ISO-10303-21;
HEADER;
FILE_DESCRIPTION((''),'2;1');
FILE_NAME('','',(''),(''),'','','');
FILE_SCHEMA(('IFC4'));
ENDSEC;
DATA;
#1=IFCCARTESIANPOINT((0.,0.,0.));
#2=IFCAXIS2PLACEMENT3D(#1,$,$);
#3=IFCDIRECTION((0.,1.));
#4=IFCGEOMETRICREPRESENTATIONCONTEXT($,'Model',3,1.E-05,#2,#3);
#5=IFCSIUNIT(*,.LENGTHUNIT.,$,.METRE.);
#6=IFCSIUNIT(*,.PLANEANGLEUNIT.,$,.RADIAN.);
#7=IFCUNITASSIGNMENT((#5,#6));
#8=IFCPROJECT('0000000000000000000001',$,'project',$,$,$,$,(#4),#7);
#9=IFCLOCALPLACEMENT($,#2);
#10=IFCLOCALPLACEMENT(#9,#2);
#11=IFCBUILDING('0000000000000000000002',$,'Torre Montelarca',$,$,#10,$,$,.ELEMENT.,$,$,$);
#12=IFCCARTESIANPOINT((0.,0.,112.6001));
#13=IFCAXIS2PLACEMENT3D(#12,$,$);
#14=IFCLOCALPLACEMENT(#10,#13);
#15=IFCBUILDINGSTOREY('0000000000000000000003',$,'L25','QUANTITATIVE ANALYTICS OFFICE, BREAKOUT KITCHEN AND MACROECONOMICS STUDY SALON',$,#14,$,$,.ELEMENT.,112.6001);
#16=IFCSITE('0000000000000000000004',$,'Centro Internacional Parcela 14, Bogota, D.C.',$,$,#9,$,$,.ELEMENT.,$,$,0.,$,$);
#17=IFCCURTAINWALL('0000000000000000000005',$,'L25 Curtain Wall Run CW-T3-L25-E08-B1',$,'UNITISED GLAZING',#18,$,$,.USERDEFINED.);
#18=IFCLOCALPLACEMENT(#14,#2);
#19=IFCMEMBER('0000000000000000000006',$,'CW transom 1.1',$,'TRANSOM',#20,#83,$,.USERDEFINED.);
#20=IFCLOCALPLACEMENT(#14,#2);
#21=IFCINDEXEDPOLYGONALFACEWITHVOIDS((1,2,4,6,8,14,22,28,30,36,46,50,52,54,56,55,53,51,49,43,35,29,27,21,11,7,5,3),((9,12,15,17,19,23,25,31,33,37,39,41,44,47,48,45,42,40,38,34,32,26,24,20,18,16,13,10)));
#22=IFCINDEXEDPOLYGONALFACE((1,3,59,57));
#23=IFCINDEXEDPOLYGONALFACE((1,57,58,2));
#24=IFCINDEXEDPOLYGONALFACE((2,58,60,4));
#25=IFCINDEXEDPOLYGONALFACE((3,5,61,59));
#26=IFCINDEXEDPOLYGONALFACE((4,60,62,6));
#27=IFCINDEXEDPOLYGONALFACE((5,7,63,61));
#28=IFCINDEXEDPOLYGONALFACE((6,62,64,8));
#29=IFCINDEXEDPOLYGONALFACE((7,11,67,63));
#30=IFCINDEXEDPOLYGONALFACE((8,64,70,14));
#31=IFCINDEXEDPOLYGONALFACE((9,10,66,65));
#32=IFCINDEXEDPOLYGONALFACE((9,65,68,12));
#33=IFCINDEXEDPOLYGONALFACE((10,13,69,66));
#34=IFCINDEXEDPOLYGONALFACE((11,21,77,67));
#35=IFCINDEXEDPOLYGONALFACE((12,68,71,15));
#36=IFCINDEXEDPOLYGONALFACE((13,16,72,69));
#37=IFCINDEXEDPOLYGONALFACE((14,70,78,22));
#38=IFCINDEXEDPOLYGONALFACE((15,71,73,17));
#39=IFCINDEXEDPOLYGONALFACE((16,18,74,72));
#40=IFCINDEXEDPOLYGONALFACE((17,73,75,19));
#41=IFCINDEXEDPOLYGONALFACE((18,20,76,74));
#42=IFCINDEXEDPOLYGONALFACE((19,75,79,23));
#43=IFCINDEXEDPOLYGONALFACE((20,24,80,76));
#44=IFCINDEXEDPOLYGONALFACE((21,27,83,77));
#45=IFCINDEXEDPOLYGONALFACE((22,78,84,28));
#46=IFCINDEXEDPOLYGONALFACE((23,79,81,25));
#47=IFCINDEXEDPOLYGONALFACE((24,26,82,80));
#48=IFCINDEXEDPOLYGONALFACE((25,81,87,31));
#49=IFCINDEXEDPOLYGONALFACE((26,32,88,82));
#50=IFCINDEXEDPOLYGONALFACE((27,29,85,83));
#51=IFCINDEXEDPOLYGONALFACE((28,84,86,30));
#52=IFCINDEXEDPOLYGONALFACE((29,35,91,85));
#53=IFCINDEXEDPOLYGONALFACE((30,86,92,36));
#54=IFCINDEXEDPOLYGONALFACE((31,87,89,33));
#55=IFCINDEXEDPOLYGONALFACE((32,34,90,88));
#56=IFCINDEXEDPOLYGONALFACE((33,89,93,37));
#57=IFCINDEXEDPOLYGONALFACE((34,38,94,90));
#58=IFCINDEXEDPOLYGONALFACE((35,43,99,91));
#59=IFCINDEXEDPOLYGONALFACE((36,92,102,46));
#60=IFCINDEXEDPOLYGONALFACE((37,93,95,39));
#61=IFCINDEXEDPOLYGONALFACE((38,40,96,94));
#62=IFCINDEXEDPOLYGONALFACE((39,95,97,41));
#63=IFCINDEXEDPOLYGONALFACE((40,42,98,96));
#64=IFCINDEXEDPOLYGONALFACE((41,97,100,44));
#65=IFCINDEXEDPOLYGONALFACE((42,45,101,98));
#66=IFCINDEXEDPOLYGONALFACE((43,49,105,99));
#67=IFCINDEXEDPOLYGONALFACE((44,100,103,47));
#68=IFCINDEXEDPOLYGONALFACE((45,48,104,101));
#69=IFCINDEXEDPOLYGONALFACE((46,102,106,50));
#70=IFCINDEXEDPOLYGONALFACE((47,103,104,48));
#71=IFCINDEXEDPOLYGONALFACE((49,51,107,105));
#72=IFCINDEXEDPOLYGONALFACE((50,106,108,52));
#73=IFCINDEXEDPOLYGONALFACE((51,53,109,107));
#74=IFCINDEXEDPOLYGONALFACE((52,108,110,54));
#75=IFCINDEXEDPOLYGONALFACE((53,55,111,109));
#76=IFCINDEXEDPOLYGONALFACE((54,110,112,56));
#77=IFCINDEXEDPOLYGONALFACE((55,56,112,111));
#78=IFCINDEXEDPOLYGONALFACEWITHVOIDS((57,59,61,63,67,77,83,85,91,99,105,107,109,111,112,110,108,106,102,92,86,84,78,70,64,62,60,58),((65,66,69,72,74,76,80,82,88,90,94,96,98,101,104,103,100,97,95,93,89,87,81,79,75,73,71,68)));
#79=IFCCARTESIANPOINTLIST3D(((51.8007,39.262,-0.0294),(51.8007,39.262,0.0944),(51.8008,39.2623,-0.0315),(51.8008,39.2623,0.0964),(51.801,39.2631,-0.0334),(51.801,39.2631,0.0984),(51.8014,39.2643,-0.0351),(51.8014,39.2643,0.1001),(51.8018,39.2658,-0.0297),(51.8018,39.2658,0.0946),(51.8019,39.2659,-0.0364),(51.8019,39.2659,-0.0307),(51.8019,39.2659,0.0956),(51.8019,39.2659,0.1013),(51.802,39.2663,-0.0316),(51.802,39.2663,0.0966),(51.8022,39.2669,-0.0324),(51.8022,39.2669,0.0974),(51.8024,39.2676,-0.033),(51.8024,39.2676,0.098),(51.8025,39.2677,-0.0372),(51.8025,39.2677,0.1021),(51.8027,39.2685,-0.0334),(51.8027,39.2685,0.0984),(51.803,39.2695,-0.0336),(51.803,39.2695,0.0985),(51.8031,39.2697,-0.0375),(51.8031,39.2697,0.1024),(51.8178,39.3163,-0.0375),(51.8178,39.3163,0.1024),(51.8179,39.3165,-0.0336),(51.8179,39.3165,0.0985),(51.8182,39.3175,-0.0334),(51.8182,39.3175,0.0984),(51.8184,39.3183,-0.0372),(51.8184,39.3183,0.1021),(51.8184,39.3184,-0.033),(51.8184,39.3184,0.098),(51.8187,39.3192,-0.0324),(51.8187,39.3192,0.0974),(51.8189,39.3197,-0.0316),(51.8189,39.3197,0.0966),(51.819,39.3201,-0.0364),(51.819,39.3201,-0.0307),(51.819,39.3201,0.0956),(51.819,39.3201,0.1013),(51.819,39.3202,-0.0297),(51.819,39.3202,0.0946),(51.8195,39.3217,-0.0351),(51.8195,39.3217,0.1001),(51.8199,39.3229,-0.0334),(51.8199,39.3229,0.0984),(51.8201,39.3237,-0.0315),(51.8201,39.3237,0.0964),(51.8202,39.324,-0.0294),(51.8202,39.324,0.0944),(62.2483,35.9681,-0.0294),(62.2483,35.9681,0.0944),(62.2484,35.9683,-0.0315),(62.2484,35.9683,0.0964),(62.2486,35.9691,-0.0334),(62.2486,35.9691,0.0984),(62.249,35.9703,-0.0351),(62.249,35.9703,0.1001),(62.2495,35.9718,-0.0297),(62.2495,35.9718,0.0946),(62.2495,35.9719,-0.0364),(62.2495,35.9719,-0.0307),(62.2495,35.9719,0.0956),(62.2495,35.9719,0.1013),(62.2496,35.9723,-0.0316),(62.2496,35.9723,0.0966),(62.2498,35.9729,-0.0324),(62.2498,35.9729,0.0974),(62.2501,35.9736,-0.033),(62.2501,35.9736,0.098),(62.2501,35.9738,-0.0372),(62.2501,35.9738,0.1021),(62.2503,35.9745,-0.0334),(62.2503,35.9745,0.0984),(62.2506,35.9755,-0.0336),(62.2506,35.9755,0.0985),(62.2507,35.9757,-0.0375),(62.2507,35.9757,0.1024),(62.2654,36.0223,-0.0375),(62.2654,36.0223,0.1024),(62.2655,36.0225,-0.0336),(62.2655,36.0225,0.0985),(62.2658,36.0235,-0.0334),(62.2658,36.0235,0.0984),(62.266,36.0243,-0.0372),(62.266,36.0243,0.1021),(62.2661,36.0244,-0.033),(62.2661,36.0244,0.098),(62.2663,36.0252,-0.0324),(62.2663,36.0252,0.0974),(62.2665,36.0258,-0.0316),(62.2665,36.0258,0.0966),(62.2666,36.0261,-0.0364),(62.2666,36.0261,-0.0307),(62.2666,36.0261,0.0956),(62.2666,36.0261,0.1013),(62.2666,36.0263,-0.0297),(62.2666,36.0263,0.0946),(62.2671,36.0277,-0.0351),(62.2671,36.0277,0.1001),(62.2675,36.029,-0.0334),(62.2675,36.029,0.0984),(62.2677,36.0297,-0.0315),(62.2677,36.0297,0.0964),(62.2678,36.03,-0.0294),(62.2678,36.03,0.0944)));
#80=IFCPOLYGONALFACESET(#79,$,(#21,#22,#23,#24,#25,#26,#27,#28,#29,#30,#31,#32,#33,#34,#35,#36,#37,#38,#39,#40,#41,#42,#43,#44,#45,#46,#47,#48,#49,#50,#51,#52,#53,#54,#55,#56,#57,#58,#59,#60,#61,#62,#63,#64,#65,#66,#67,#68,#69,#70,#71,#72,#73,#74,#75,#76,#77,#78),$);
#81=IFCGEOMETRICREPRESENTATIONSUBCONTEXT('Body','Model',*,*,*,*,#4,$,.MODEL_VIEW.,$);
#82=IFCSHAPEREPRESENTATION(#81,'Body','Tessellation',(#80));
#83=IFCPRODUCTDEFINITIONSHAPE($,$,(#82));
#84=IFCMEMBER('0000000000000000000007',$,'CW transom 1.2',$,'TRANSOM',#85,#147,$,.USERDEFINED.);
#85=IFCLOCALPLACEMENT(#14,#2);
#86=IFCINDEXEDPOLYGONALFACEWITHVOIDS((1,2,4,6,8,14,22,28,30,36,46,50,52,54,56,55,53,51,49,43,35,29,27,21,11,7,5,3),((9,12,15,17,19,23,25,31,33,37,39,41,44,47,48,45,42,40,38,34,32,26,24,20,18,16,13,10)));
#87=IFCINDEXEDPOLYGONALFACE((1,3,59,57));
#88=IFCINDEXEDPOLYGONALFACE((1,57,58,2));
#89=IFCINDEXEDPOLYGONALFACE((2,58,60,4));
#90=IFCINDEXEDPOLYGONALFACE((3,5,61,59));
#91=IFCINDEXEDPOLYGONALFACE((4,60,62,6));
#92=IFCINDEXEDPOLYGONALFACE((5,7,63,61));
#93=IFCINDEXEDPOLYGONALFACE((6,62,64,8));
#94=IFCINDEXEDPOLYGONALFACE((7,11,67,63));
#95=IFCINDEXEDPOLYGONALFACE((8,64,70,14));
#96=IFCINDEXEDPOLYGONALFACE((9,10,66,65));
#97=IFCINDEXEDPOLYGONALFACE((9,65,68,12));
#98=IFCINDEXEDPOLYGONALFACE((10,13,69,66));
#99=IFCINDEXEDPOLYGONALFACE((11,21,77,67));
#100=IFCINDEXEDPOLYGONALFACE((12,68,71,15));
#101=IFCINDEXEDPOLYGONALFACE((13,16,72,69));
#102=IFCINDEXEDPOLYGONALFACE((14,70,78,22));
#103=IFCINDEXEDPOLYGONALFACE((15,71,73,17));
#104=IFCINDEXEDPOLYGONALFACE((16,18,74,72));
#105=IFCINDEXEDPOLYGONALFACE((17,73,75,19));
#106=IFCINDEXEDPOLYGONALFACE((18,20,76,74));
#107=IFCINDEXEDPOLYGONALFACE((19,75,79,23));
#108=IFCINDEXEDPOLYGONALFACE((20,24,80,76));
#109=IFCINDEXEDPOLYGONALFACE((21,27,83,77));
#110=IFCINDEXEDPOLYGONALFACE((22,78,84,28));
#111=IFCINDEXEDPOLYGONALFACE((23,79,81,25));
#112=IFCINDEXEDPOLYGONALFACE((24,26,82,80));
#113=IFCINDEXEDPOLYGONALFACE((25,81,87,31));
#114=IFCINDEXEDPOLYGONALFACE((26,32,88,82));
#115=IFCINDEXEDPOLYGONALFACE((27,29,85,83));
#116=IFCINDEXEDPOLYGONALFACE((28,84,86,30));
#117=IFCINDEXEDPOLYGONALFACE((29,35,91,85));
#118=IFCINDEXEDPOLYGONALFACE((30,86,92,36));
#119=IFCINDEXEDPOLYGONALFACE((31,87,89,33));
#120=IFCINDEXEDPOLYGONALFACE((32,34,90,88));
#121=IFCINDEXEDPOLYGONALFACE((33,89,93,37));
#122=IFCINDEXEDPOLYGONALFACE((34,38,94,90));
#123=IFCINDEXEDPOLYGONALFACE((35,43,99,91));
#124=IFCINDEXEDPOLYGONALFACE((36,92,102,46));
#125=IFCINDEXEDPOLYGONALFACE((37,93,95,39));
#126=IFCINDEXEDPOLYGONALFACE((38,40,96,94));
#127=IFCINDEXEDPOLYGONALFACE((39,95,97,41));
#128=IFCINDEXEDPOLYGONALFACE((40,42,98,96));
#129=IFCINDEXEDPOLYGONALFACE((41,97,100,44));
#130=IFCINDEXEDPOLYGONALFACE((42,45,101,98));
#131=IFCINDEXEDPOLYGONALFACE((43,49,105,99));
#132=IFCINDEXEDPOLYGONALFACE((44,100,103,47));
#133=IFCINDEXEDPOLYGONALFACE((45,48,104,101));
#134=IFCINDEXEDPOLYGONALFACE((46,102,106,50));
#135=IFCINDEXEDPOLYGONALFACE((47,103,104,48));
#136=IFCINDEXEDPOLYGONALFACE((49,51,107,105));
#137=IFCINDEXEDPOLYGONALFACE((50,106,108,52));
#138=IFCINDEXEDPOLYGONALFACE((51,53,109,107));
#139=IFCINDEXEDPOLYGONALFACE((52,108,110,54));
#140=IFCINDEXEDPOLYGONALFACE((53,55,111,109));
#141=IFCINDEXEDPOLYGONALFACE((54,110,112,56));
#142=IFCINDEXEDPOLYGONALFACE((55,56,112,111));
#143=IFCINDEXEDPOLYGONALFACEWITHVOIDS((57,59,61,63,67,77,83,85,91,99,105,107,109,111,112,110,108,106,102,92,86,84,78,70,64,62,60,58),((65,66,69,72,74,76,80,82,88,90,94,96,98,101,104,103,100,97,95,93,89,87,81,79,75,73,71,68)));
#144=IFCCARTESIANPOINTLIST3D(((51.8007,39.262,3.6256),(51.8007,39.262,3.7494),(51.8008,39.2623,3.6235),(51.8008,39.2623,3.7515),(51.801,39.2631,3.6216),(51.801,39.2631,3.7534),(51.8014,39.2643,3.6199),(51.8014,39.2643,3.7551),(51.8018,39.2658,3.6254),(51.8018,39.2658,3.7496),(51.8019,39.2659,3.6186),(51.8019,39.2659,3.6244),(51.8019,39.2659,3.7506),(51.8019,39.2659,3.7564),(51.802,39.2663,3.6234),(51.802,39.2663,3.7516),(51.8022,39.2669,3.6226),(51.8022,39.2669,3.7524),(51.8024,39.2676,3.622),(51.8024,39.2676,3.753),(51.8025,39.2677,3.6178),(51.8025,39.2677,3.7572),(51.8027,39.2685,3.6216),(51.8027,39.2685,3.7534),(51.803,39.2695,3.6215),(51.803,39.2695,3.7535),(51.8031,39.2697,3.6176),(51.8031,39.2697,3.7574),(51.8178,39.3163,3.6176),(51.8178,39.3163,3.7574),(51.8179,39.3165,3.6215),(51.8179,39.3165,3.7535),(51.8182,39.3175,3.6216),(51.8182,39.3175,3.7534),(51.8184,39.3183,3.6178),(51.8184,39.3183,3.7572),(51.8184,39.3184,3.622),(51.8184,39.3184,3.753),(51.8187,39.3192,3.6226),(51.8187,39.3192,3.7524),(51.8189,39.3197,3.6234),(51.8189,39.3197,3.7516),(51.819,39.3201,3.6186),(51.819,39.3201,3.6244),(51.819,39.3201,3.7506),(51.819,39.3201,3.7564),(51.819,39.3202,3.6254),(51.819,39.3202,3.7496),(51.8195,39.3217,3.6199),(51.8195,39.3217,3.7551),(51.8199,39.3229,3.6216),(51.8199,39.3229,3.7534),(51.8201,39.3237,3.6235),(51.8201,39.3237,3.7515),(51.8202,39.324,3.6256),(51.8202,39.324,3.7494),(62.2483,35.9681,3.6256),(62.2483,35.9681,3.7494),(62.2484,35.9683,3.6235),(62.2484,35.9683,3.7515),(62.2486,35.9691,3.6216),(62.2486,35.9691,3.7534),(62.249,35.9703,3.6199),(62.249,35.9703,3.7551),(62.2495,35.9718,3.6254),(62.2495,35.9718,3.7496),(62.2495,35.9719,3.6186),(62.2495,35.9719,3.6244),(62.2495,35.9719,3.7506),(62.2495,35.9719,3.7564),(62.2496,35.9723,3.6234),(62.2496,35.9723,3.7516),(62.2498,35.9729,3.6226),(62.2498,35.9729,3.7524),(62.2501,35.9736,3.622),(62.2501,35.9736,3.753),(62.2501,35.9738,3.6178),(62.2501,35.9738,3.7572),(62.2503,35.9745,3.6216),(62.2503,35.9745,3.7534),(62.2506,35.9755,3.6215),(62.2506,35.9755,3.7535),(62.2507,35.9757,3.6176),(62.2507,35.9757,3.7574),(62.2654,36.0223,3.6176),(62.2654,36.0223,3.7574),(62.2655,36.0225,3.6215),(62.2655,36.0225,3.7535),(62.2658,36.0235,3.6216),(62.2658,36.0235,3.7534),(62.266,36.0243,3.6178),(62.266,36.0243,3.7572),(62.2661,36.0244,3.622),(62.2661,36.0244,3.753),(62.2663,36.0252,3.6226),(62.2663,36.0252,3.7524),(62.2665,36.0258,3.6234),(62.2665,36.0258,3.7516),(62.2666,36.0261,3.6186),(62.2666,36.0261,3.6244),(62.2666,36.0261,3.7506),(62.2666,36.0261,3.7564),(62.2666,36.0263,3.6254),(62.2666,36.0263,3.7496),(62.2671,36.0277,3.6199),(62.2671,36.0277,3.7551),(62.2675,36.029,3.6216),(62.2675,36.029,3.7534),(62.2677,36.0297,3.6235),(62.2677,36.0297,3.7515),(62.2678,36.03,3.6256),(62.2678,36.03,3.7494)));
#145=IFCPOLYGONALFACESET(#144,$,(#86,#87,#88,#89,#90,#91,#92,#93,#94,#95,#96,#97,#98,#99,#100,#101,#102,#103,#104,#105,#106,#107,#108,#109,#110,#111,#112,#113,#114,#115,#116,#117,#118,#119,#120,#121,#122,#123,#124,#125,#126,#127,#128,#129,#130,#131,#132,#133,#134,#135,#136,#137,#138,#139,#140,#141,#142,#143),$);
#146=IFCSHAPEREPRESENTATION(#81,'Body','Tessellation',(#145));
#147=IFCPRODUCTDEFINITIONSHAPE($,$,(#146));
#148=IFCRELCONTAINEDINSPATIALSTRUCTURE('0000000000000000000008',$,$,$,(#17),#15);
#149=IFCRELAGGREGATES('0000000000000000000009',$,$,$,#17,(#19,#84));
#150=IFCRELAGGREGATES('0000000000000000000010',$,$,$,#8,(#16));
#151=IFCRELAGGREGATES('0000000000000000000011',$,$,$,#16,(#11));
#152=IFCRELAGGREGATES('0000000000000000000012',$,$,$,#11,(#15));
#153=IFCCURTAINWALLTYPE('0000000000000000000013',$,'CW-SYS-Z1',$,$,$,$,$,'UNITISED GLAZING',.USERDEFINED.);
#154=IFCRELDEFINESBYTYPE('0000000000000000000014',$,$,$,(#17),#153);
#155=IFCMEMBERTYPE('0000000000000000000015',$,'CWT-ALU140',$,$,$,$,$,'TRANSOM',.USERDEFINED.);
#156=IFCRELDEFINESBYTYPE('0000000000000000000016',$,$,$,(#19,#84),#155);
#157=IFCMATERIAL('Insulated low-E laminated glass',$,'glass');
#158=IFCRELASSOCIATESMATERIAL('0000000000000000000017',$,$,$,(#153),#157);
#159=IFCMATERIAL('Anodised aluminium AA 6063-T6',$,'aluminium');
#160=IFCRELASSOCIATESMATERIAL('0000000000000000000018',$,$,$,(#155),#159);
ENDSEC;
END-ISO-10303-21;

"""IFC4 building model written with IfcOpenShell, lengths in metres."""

from ifc_helpers import new_model, si_unit, direction, frame, origin, origin_2d, place, context, subcontext, project, spatial, hollow_rectangle, extrude, source, transform, mapped, material, material_profile, profile_set, type_object, element, aggregate, save


model = new_model("IFC4")

# Units and contexts
model_context = context("Model", 3, precision=1e-05, world=origin(), true_north=direction((0.0, 1.0)))
body_context = subcontext(model_context, "Body", "Model", "MODEL_VIEW")
ifc_project = project(units=[si_unit("LENGTHUNIT", "METRE"), si_unit("PLANEANGLEUNIT", "RADIAN")], contexts=[model_context])

# Site, building, storey
site_placement = place(None, origin())
site = spatial("IfcSite", under=ifc_project, at=site_placement, Name="Centro Internacional Parcela 14, Bogota, D.C.", CompositionType="ELEMENT", RefElevation=0.0)
building_placement = place(site_placement, origin())
building = spatial("IfcBuilding", under=site, at=building_placement, Name="Torre Montelarca", CompositionType="ELEMENT")
storey_placement = place(building_placement, frame((0.0, 0.0, 112.6001)))
storey = spatial("IfcBuildingStorey", under=building, at=storey_placement, Name="L25", Description="QUANTITATIVE ANALYTICS OFFICE, BREAKOUT KITCHEN AND MACROECONOMICS STUDY SALON", CompositionType="ELEMENT", Elevation=112.6001)

# Curtain wall, members
ifc_material_1 = material(Name="Insulated low-E laminated glass", Category="glass")
curtain_wall_type = type_object("IfcCurtainWallType", Name="CW-SYS-Z1", ElementType="UNITISED GLAZING", PredefinedType="USERDEFINED", material=ifc_material_1)
ifc_material_2 = material(Name="Anodised aluminium AA 6063-T6", Category="aluminium")
ifc_material_profile_1 = material_profile(ifc_material_2, hollow_rectangle(XDim=0.0649, YDim=0.1399, WallThickness=0.0039, InnerFilletRadius=0.0039, OuterFilletRadius=0.0081, at=origin_2d()), Name="ALU65X140X4", Category="aluminium")
ifc_profile_set_1 = profile_set([ifc_material_profile_1], Name="Anodised aluminium AA 6063-T6")
member_type_1 = type_object("IfcMemberType", Name="CWT-ALU140", ElementType="TRANSOM", PredefinedType="USERDEFINED", material=ifc_profile_set_1)
curtain_wall_1_placement = place(storey_placement, origin())
curtain_wall_1 = element("IfcCurtainWall", 1, at=curtain_wall_1_placement, inside=storey, type_object=curtain_wall_type, Name="L25 Curtain Wall Run CW-T3-L25-E08-B1", ObjectType="UNITISED GLAZING", PredefinedType="USERDEFINED")
shared_shape_1 = source(origin(), body_context, "Body", "SweptSolid", [
    extrude(hollow_rectangle(XDim=0.0649, YDim=0.1399, WallThickness=0.0039, InnerFilletRadius=0.0039, OuterFilletRadius=0.0081, at=origin_2d()), origin(), (0.0, 0.0, 1.0), 10.9546),
])
member_1_placement = place(storey_placement, frame((62.2581, 35.999, 0.0325), z_axis=(-0.953721, 0.300694, 0.0), x_axis=(-0.300694, -0.953721, 0.0)))
member_1 = element("IfcMember", 2, at=member_1_placement, type_object=member_type_1, Name="CW transom 1.1", ObjectType="TRANSOM", PredefinedType="USERDEFINED", context=body_context, shape_type="MappedRepresentation", body=[
    mapped(shared_shape_1, transform((0.0, 0.0, 0.0), scale=1.0)),
])
member_2_placement = place(storey_placement, frame((62.2581, 35.999, 3.6875), z_axis=(-0.953721, 0.300694, 0.0), x_axis=(-0.300694, -0.953721, 0.0)))
member_2 = element("IfcMember", 3, at=member_2_placement, type_object=member_type_1, Name="CW transom 1.2", ObjectType="TRANSOM", PredefinedType="USERDEFINED", context=body_context, shape_type="MappedRepresentation", body=[
    mapped(shared_shape_1, transform((0.0, 0.0, 0.0), scale=1.0)),
])

aggregate(curtain_wall_1, [member_1, member_2])

save(model, "model.ifc")
